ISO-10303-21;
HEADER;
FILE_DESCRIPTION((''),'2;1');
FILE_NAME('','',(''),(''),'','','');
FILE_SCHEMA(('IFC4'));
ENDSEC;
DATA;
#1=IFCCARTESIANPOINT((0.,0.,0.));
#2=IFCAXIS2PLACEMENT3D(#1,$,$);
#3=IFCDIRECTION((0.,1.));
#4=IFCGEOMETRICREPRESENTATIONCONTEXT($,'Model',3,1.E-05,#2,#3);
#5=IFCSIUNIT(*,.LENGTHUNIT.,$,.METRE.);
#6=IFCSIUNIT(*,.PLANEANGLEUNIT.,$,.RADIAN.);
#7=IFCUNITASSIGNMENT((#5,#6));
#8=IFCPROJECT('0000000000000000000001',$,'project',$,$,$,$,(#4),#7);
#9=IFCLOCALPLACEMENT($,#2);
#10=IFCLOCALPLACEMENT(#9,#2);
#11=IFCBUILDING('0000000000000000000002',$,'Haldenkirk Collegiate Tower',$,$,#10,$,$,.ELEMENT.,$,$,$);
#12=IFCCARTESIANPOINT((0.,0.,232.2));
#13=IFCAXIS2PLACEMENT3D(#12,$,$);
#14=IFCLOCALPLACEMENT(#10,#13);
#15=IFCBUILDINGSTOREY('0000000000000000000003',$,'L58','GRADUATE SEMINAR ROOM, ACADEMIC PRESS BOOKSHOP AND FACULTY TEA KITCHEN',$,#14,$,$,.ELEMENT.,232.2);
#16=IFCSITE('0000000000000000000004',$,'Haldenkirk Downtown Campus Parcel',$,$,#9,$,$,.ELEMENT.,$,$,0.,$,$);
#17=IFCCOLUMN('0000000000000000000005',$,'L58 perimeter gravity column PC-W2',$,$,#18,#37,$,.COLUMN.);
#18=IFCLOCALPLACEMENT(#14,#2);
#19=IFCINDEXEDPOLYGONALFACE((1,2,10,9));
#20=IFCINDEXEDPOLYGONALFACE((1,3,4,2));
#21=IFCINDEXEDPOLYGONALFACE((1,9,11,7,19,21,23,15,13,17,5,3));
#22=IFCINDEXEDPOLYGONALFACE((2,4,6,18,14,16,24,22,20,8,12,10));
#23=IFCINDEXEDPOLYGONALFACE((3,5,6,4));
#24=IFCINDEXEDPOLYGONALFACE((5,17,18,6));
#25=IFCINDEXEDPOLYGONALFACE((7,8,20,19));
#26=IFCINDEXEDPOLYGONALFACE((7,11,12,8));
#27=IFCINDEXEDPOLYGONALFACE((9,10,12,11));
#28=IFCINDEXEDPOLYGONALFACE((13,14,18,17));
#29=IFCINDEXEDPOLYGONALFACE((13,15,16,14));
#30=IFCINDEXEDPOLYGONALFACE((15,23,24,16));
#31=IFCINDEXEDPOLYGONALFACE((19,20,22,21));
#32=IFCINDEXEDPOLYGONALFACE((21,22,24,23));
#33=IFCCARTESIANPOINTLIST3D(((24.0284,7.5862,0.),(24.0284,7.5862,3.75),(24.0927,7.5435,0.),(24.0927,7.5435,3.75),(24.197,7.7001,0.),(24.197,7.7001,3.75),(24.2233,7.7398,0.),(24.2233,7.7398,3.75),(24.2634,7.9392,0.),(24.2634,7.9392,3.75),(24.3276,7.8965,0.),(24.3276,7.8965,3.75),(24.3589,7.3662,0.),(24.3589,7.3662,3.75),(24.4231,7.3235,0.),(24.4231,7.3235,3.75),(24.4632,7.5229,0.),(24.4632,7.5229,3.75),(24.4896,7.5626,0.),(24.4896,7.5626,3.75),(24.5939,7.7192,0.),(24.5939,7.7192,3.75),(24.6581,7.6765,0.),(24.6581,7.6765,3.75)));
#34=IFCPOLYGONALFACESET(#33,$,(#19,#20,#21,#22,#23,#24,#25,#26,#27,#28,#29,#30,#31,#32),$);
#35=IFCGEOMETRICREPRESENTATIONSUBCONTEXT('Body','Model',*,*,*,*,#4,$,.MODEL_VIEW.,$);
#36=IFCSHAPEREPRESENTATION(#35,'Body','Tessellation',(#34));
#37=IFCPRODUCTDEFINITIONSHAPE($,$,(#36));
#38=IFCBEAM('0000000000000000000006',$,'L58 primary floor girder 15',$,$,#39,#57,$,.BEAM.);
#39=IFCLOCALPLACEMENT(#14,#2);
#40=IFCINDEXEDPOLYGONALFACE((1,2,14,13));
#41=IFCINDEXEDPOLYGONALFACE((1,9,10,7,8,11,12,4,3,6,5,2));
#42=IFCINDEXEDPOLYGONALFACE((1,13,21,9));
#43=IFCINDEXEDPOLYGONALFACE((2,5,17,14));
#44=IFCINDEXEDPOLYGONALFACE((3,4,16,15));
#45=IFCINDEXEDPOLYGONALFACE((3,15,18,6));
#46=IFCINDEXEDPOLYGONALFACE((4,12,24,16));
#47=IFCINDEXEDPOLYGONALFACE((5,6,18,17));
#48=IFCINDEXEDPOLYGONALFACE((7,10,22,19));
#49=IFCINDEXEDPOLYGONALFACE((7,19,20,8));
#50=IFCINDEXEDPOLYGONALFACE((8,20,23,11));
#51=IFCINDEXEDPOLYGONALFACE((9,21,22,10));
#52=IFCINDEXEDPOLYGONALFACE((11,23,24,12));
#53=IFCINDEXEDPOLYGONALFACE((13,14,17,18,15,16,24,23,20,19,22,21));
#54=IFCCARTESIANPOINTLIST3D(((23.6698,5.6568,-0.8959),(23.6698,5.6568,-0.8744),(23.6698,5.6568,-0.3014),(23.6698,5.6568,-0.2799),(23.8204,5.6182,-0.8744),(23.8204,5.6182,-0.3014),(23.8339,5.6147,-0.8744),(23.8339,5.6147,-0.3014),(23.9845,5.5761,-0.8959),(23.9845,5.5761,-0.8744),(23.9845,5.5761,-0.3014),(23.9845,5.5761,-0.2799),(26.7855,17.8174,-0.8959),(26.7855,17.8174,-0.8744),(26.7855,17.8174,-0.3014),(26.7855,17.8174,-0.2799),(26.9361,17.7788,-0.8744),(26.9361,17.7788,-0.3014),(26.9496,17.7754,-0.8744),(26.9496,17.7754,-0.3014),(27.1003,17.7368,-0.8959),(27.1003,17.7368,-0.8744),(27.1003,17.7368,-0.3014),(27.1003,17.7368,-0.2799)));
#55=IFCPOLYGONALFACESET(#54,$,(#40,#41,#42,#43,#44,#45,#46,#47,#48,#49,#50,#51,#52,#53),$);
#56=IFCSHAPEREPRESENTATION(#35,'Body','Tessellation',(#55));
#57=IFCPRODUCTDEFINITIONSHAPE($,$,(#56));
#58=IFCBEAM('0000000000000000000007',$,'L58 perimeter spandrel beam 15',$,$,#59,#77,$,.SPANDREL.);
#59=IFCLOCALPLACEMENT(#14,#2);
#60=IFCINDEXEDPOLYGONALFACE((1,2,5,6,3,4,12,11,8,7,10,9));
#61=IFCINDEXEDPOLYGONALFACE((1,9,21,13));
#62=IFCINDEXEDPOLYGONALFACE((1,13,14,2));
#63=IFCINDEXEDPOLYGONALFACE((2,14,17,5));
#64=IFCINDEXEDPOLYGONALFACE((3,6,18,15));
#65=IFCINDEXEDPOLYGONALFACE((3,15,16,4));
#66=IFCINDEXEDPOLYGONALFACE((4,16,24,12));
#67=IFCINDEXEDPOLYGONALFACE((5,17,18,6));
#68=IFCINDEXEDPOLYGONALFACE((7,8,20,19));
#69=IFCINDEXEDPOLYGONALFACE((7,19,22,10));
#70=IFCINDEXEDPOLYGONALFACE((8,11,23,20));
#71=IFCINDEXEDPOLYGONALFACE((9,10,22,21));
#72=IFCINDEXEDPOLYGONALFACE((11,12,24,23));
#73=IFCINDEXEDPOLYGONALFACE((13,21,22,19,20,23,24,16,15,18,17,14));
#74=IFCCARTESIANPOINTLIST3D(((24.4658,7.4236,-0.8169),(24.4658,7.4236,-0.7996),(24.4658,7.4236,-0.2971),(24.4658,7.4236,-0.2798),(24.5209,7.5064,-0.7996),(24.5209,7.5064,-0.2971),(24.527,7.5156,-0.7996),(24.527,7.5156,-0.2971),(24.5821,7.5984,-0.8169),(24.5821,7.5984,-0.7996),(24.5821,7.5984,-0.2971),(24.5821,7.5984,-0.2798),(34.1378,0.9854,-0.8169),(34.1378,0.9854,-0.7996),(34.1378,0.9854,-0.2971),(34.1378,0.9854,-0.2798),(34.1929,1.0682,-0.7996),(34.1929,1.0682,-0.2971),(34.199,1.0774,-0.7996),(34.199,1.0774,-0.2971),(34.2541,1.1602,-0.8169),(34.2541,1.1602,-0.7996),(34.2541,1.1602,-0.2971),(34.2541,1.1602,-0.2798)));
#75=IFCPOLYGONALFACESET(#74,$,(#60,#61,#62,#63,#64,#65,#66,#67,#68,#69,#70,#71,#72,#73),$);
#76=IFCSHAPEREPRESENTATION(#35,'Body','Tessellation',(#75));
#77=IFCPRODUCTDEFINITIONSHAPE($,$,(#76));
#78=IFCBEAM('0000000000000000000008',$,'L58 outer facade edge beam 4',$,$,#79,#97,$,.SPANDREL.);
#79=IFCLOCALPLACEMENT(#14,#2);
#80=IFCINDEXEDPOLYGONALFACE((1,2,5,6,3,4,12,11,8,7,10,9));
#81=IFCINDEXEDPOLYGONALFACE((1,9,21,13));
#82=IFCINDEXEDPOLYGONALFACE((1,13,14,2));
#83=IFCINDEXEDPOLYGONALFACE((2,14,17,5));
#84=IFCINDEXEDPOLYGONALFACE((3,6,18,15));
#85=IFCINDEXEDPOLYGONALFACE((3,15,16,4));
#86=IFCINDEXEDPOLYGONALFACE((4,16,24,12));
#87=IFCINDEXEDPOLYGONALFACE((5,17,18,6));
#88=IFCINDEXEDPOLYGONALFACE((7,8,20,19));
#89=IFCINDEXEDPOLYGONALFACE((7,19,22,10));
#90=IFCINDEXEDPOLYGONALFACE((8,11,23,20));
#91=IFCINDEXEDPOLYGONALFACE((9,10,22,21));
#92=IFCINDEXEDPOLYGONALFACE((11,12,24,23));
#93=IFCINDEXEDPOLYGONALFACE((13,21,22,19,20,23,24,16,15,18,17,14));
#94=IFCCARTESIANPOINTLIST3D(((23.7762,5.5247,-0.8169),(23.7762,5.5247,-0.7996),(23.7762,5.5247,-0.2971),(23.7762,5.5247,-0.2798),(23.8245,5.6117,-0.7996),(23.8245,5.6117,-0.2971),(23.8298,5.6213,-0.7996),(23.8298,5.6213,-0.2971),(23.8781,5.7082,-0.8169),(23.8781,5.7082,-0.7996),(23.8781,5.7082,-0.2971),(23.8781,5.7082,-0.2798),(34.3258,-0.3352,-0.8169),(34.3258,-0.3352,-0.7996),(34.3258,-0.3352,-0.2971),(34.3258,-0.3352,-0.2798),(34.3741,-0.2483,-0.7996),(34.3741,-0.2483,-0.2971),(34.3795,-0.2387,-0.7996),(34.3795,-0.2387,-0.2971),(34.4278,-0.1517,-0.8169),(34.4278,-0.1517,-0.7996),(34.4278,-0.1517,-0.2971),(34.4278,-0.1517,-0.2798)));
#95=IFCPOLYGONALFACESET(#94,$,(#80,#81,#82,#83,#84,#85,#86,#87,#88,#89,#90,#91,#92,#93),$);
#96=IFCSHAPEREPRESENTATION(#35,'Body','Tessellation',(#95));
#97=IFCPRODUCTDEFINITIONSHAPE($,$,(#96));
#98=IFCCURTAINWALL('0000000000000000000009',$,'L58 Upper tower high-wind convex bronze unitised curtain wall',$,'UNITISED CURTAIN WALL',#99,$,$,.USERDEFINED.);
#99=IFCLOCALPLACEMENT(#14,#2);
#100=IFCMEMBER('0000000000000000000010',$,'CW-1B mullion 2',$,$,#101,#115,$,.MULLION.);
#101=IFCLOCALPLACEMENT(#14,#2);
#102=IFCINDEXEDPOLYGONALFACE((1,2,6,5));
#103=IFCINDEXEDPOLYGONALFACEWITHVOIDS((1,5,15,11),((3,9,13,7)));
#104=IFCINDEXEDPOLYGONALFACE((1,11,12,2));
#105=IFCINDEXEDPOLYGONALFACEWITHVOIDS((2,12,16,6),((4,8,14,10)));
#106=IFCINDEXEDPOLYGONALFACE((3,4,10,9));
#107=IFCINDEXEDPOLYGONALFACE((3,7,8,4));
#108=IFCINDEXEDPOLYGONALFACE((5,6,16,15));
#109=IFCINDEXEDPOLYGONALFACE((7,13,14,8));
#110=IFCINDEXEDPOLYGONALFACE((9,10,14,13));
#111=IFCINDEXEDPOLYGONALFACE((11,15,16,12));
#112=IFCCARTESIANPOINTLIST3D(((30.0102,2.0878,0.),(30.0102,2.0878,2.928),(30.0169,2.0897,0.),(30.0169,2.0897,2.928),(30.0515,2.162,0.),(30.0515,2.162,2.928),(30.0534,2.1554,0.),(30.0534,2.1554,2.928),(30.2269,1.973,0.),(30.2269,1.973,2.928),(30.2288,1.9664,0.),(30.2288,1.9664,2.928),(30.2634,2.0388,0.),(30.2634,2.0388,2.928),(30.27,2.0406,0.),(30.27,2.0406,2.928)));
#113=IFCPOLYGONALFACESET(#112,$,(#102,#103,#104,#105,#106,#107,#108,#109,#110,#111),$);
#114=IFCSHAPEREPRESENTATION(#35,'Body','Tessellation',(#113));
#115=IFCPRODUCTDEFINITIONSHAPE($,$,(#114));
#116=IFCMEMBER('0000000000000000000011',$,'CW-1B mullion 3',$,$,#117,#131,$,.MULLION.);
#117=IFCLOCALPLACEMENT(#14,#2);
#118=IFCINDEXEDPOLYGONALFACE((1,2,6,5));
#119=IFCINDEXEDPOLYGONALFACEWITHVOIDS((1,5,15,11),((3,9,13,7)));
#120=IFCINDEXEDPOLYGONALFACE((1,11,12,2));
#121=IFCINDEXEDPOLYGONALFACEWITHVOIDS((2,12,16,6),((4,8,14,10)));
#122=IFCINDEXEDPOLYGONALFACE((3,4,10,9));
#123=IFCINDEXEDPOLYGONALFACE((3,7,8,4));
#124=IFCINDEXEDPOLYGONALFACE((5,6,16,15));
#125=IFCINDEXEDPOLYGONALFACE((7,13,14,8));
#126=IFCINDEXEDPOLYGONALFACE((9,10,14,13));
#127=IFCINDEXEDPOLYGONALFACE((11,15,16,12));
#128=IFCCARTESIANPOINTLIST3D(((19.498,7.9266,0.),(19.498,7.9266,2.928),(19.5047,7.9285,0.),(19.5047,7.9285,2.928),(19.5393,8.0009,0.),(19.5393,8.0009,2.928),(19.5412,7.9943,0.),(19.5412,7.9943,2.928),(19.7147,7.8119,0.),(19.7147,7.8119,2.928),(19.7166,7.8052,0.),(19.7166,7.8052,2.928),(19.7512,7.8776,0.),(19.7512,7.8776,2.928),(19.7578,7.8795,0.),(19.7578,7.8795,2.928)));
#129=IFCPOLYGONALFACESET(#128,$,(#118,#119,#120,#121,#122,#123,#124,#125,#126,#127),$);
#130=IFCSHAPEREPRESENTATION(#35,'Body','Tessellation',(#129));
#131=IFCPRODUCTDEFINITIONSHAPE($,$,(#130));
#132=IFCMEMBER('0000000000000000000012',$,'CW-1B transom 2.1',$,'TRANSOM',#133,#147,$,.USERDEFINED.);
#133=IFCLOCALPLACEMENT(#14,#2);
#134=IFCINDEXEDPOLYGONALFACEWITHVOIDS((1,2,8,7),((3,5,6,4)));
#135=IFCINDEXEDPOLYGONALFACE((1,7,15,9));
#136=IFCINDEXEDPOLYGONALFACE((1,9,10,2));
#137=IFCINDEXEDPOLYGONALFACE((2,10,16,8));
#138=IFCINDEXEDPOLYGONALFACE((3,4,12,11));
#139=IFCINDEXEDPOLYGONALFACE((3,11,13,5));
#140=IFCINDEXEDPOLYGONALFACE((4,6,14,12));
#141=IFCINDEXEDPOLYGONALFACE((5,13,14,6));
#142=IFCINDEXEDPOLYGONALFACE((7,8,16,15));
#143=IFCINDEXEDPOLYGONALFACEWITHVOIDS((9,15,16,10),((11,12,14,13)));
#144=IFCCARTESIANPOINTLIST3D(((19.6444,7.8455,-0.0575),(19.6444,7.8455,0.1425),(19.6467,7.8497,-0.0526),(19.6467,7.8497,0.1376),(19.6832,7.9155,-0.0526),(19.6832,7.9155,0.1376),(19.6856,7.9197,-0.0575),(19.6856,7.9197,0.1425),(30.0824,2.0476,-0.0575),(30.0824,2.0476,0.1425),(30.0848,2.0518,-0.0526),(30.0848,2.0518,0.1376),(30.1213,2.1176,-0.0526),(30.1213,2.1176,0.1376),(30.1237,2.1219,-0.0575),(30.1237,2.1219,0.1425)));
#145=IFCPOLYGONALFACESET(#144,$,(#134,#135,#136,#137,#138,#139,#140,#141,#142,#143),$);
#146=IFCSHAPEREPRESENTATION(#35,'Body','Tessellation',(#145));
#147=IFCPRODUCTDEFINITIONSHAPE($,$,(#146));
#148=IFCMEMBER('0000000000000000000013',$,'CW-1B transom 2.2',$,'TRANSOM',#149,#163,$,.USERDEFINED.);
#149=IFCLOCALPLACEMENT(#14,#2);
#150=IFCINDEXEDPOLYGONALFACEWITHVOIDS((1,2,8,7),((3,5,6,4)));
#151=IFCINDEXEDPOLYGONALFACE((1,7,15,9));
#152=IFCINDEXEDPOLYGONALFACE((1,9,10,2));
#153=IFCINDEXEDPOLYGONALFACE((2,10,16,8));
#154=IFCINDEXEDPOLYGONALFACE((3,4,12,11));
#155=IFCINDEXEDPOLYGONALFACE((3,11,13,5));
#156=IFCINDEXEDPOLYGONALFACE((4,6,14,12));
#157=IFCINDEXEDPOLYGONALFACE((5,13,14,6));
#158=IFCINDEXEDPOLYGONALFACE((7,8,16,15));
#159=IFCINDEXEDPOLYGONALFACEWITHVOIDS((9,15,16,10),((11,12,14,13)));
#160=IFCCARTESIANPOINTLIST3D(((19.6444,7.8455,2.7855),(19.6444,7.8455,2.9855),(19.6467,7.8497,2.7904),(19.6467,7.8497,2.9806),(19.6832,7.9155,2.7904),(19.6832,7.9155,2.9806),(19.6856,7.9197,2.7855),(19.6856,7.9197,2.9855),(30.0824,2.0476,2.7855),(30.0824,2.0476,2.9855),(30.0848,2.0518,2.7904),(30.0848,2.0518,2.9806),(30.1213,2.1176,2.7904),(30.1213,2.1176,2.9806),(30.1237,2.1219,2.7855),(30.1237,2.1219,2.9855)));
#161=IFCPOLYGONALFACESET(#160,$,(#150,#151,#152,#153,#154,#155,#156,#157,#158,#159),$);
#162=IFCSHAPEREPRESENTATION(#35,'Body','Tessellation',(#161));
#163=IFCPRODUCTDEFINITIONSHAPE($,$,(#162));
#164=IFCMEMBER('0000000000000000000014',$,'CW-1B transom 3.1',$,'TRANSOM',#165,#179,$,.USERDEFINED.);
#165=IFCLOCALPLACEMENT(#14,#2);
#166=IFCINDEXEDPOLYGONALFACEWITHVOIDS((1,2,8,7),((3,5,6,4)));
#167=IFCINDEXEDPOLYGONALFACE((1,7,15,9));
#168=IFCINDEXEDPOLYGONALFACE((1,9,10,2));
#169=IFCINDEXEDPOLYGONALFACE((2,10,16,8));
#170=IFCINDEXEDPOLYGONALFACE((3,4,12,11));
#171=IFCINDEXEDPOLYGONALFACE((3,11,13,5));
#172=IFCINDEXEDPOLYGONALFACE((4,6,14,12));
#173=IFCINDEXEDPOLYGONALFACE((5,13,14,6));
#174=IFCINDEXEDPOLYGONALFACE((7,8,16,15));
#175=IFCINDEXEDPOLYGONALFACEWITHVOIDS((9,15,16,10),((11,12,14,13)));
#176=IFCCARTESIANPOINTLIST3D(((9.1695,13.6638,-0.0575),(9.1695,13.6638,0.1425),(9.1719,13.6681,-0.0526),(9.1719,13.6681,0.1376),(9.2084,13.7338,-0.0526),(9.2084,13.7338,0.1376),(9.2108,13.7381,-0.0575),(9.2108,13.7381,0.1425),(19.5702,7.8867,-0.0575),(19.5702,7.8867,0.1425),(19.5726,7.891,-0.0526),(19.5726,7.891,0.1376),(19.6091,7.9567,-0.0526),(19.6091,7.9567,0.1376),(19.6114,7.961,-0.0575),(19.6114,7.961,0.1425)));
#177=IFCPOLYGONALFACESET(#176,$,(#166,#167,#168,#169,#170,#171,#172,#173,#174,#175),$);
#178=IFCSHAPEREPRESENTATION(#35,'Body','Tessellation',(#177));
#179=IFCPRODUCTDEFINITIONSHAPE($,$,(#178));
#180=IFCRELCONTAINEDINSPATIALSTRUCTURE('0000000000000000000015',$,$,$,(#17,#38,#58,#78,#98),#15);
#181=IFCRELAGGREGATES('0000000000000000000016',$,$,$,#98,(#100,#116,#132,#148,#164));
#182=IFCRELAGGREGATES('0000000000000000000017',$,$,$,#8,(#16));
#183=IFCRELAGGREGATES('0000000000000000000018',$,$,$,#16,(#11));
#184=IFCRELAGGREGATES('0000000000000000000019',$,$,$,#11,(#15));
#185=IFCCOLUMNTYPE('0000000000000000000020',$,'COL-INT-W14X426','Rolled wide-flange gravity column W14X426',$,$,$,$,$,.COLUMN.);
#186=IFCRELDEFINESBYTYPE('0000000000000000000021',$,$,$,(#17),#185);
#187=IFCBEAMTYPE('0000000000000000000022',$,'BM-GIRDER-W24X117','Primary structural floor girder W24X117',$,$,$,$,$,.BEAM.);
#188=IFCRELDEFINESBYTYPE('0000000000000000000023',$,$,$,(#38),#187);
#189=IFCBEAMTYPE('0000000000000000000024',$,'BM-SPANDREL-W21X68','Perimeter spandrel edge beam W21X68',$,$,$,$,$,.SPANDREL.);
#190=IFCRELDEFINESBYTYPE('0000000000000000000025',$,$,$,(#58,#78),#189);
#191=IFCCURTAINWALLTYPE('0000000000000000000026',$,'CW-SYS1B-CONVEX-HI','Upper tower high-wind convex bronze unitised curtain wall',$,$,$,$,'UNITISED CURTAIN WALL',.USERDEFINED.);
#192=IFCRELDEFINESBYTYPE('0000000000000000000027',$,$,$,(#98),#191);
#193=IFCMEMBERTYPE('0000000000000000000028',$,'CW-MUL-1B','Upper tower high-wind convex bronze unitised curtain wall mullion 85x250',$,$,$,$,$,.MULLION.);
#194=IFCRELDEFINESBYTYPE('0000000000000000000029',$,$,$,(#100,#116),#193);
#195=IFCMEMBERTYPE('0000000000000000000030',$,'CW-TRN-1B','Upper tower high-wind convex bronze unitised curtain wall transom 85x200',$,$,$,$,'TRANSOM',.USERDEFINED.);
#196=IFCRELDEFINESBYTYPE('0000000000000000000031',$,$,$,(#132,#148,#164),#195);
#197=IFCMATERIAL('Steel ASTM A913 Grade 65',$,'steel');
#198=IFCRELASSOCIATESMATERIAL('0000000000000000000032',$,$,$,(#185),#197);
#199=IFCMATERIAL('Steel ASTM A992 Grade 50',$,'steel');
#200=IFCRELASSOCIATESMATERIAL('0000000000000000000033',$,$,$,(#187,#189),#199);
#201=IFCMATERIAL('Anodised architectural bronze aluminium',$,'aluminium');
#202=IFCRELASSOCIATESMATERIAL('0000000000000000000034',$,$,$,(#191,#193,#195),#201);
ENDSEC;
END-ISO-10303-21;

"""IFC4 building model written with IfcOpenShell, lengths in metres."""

from ifc_helpers import new_model, si_unit, direction, frame, origin, origin_2d, place, context, subcontext, project, spatial, hollow_rectangle, i_section, extrude, material, material_profile, profile_set, type_object, element, aggregate, save


model = new_model("IFC4")

# Units and contexts
model_context = context("Model", 3, precision=1e-05, world=origin(), true_north=direction((0.0, 1.0)))
body_context = subcontext(model_context, "Body", "Model", "MODEL_VIEW")
ifc_project = project(units=[si_unit("LENGTHUNIT", "METRE"), si_unit("PLANEANGLEUNIT", "RADIAN")], contexts=[model_context])

# Site, building, storey
site_placement = place(None, origin())
site = spatial("IfcSite", under=ifc_project, at=site_placement, Name="Haldenkirk Downtown Campus Parcel", CompositionType="ELEMENT", RefElevation=0.0)
building_placement = place(site_placement, origin())
building = spatial("IfcBuilding", under=site, at=building_placement, Name="Haldenkirk Collegiate Tower", CompositionType="ELEMENT")
storey_placement = place(building_placement, frame((0.0, 0.0, 232.2)))
storey = spatial("IfcBuildingStorey", under=building, at=storey_placement, Name="L58", Description="GRADUATE SEMINAR ROOM, ACADEMIC PRESS BOOKSHOP AND FACULTY TEA KITCHEN", CompositionType="ELEMENT", Elevation=232.2)

# Column
ifc_material_1 = material(Name="Steel ASTM A913 Grade 65", Category="steel")
ifc_material_profile_1 = material_profile(ifc_material_1, i_section(OverallWidth=0.4241, OverallDepth=0.4741, WebThickness=0.0476, FlangeThickness=0.0771, at=origin_2d()), Name="W14X426")
ifc_profile_set_1 = profile_set([ifc_material_profile_1], Name="Steel ASTM A913 Grade 65")
column_type = type_object("IfcColumnType", Name="COL-INT-W14X426", Description="Rolled wide-flange gravity column W14X426", PredefinedType="COLUMN", material=ifc_profile_set_1)
column_placement = place(storey_placement, frame((24.3433, 7.6313, 0.0), z_axis=(0.0, 0.0, 1.0), x_axis=(0.554118, 0.832438, 0.0)))
element("IfcColumn", 1, at=column_placement, inside=storey, type_object=column_type, Name="L58 perimeter gravity column PC-W2", PredefinedType="COLUMN", context=body_context, shape_type="SweptSolid", body=[
    extrude(i_section(OverallWidth=0.4241, OverallDepth=0.4741, WebThickness=0.0476, FlangeThickness=0.0771, at=origin_2d()), origin(), (0.0, 0.0, 1.0), 3.75),
])

# Beams
ifc_material_2 = material(Name="Steel ASTM A992 Grade 50", Category="steel")
ifc_material_profile_2 = material_profile(ifc_material_2, i_section(OverallWidth=0.325, OverallDepth=0.616, WebThickness=0.0139, FlangeThickness=0.0215, at=origin_2d()), Name="W24X117")
ifc_profile_set_2 = profile_set([ifc_material_profile_2], Name="Steel ASTM A992 Grade 50")
beam_type_1 = type_object("IfcBeamType", Name="BM-GIRDER-W24X117", Description="Primary structural floor girder W24X117", PredefinedType="BEAM", material=ifc_profile_set_2)
beam_1_placement = place(storey_placement, frame((23.8271, 5.6165, -0.5879), z_axis=(0.248197, 0.96871, 0.0), x_axis=(-0.96871, 0.248197, 0.0)))
element("IfcBeam", 2, at=beam_1_placement, inside=storey, type_object=beam_type_1, Name="L58 primary floor girder 15", PredefinedType="BEAM", context=body_context, shape_type="SweptSolid", body=[
    extrude(i_section(OverallWidth=0.325, OverallDepth=0.616, WebThickness=0.0139, FlangeThickness=0.0215, at=origin_2d()), origin(), (0.0, 0.0, 1.0), 12.5535),
])
ifc_material_profile_3 = material_profile(ifc_material_2, i_section(OverallWidth=0.21, OverallDepth=0.5371, WebThickness=0.011, FlangeThickness=0.0173, at=origin_2d()), Name="W21X68")
ifc_profile_set_3 = profile_set([ifc_material_profile_3], Name="Steel ASTM A992 Grade 50")
beam_type_2 = type_object("IfcBeamType", Name="BM-SPANDREL-W21X68", Description="Perimeter spandrel edge beam W21X68", PredefinedType="SPANDREL", material=ifc_profile_set_3)
beam_2_placement = place(storey_placement, frame((24.5239, 7.511, -0.5483), z_axis=(0.832441, -0.554113, 0.0), x_axis=(0.554113, 0.832441, 0.0)))
element("IfcBeam", 3, at=beam_2_placement, inside=storey, type_object=beam_type_2, Name="L58 perimeter spandrel beam 15", PredefinedType="SPANDREL", context=body_context, shape_type="SweptSolid", body=[
    extrude(i_section(OverallWidth=0.21, OverallDepth=0.5371, WebThickness=0.011, FlangeThickness=0.0173, at=origin_2d()), origin(), (0.0, 0.0, 1.0), 11.6189),
])
beam_3_placement = place(storey_placement, frame((23.8271, 5.6165, -0.5483), z_axis=(0.874193, -0.485579, 0.0), x_axis=(0.485579, 0.874193, 0.0)))
element("IfcBeam", 4, at=beam_3_placement, inside=storey, type_object=beam_type_2, Name="L58 outer facade edge beam 4", PredefinedType="SPANDREL", context=body_context, shape_type="SweptSolid", body=[
    extrude(i_section(OverallWidth=0.21, OverallDepth=0.5371, WebThickness=0.011, FlangeThickness=0.0173, at=origin_2d()), origin(), (0.0, 0.0, 1.0), 12.0679),
])

# Curtain wall, members
ifc_material_3 = material(Name="Anodised architectural bronze aluminium", Category="aluminium")
curtain_wall_type = type_object("IfcCurtainWallType", Name="CW-SYS1B-CONVEX-HI", Description="Upper tower high-wind convex bronze unitised curtain wall", ElementType="UNITISED CURTAIN WALL", PredefinedType="USERDEFINED", material=ifc_material_3)
curtain_wall_placement = place(storey_placement, origin())
curtain_wall = element("IfcCurtainWall", 5, at=curtain_wall_placement, inside=storey, type_object=curtain_wall_type, Name="L58 Upper tower high-wind convex bronze unitised curtain wall", ObjectType="UNITISED CURTAIN WALL", PredefinedType="USERDEFINED")
ifc_material_profile_4 = material_profile(ifc_material_3, hollow_rectangle(XDim=0.085, YDim=0.25, WallThickness=0.0049, at=origin_2d()), Name="CW-MUL-1B")
ifc_profile_set_4 = profile_set([ifc_material_profile_4], Name="Anodised architectural bronze aluminium")
member_type_1 = type_object("IfcMemberType", Name="CW-MUL-1B", Description="Upper tower high-wind convex bronze unitised curtain wall mullion 85x250", PredefinedType="MULLION", material=ifc_profile_set_4)
member_1_placement = place(storey_placement, frame((30.1401, 2.0642, 0.0), z_axis=(0.0, 0.0, 1.0), x_axis=(-0.485574, -0.874195, 0.0)))
member_1 = element("IfcMember", 6, at=member_1_placement, type_object=member_type_1, Name="CW-1B mullion 2", PredefinedType="MULLION", context=body_context, shape_type="SweptSolid", body=[
    extrude(hollow_rectangle(XDim=0.085, YDim=0.25, WallThickness=0.0049, at=origin_2d()), origin(), (0.0, 0.0, 1.0), 2.928),
])
member_2_placement = place(storey_placement, frame((19.6279, 7.9031, 0.0), z_axis=(0.0, 0.0, 1.0), x_axis=(-0.485574, -0.874195, 0.0)))
member_2 = element("IfcMember", 7, at=member_2_placement, type_object=member_type_1, Name="CW-1B mullion 3", PredefinedType="MULLION", context=body_context, shape_type="SweptSolid", body=[
    extrude(hollow_rectangle(XDim=0.085, YDim=0.25, WallThickness=0.0049, at=origin_2d()), origin(), (0.0, 0.0, 1.0), 2.928),
])
ifc_material_profile_5 = material_profile(ifc_material_3, hollow_rectangle(XDim=0.085, YDim=0.2, WallThickness=0.0049, at=origin_2d()), Name="CW-TRN-1B")
ifc_profile_set_5 = profile_set([ifc_material_profile_5], Name="Anodised architectural bronze aluminium")
member_type_2 = type_object("IfcMemberType", Name="CW-TRN-1B", Description="Upper tower high-wind convex bronze unitised curtain wall transom 85x200", ElementType="TRANSOM", PredefinedType="USERDEFINED", material=ifc_profile_set_5)
member_3_placement = place(storey_placement, frame((30.103, 2.0847, 0.0425), z_axis=(-0.874194, 0.485577, 0.0), x_axis=(-0.485577, -0.874194, 0.0)))
member_3 = element("IfcMember", 8, at=member_3_placement, type_object=member_type_2, Name="CW-1B transom 2.1", ObjectType="TRANSOM", PredefinedType="USERDEFINED", context=body_context, shape_type="SweptSolid", body=[
    extrude(hollow_rectangle(XDim=0.085, YDim=0.2, WallThickness=0.0049, at=origin_2d()), origin(), (0.0, 0.0, 1.0), 11.9402),
])
member_4_placement = place(storey_placement, frame((30.103, 2.0847, 2.8855), z_axis=(-0.874194, 0.485577, 0.0), x_axis=(-0.485577, -0.874194, 0.0)))
member_4 = element("IfcMember", 9, at=member_4_placement, type_object=member_type_2, Name="CW-1B transom 2.2", ObjectType="TRANSOM", PredefinedType="USERDEFINED", context=body_context, shape_type="SweptSolid", body=[
    extrude(hollow_rectangle(XDim=0.085, YDim=0.2, WallThickness=0.0049, at=origin_2d()), origin(), (0.0, 0.0, 1.0), 11.9402),
])
member_5_placement = place(storey_placement, frame((19.5908, 7.9238, 0.0425), z_axis=(-0.874194, 0.485577, 0.0), x_axis=(-0.485577, -0.874194, 0.0)))
member_5 = element("IfcMember", 10, at=member_5_placement, type_object=member_type_2, Name="CW-1B transom 3.1", ObjectType="TRANSOM", PredefinedType="USERDEFINED", context=body_context, shape_type="SweptSolid", body=[
    extrude(hollow_rectangle(XDim=0.085, YDim=0.2, WallThickness=0.0049, at=origin_2d()), origin(), (0.0, 0.0, 1.0), 11.8975),
])
aggregate(curtain_wall, [member_1, member_2, member_3, member_4, member_5])

save(model, "model.ifc")
